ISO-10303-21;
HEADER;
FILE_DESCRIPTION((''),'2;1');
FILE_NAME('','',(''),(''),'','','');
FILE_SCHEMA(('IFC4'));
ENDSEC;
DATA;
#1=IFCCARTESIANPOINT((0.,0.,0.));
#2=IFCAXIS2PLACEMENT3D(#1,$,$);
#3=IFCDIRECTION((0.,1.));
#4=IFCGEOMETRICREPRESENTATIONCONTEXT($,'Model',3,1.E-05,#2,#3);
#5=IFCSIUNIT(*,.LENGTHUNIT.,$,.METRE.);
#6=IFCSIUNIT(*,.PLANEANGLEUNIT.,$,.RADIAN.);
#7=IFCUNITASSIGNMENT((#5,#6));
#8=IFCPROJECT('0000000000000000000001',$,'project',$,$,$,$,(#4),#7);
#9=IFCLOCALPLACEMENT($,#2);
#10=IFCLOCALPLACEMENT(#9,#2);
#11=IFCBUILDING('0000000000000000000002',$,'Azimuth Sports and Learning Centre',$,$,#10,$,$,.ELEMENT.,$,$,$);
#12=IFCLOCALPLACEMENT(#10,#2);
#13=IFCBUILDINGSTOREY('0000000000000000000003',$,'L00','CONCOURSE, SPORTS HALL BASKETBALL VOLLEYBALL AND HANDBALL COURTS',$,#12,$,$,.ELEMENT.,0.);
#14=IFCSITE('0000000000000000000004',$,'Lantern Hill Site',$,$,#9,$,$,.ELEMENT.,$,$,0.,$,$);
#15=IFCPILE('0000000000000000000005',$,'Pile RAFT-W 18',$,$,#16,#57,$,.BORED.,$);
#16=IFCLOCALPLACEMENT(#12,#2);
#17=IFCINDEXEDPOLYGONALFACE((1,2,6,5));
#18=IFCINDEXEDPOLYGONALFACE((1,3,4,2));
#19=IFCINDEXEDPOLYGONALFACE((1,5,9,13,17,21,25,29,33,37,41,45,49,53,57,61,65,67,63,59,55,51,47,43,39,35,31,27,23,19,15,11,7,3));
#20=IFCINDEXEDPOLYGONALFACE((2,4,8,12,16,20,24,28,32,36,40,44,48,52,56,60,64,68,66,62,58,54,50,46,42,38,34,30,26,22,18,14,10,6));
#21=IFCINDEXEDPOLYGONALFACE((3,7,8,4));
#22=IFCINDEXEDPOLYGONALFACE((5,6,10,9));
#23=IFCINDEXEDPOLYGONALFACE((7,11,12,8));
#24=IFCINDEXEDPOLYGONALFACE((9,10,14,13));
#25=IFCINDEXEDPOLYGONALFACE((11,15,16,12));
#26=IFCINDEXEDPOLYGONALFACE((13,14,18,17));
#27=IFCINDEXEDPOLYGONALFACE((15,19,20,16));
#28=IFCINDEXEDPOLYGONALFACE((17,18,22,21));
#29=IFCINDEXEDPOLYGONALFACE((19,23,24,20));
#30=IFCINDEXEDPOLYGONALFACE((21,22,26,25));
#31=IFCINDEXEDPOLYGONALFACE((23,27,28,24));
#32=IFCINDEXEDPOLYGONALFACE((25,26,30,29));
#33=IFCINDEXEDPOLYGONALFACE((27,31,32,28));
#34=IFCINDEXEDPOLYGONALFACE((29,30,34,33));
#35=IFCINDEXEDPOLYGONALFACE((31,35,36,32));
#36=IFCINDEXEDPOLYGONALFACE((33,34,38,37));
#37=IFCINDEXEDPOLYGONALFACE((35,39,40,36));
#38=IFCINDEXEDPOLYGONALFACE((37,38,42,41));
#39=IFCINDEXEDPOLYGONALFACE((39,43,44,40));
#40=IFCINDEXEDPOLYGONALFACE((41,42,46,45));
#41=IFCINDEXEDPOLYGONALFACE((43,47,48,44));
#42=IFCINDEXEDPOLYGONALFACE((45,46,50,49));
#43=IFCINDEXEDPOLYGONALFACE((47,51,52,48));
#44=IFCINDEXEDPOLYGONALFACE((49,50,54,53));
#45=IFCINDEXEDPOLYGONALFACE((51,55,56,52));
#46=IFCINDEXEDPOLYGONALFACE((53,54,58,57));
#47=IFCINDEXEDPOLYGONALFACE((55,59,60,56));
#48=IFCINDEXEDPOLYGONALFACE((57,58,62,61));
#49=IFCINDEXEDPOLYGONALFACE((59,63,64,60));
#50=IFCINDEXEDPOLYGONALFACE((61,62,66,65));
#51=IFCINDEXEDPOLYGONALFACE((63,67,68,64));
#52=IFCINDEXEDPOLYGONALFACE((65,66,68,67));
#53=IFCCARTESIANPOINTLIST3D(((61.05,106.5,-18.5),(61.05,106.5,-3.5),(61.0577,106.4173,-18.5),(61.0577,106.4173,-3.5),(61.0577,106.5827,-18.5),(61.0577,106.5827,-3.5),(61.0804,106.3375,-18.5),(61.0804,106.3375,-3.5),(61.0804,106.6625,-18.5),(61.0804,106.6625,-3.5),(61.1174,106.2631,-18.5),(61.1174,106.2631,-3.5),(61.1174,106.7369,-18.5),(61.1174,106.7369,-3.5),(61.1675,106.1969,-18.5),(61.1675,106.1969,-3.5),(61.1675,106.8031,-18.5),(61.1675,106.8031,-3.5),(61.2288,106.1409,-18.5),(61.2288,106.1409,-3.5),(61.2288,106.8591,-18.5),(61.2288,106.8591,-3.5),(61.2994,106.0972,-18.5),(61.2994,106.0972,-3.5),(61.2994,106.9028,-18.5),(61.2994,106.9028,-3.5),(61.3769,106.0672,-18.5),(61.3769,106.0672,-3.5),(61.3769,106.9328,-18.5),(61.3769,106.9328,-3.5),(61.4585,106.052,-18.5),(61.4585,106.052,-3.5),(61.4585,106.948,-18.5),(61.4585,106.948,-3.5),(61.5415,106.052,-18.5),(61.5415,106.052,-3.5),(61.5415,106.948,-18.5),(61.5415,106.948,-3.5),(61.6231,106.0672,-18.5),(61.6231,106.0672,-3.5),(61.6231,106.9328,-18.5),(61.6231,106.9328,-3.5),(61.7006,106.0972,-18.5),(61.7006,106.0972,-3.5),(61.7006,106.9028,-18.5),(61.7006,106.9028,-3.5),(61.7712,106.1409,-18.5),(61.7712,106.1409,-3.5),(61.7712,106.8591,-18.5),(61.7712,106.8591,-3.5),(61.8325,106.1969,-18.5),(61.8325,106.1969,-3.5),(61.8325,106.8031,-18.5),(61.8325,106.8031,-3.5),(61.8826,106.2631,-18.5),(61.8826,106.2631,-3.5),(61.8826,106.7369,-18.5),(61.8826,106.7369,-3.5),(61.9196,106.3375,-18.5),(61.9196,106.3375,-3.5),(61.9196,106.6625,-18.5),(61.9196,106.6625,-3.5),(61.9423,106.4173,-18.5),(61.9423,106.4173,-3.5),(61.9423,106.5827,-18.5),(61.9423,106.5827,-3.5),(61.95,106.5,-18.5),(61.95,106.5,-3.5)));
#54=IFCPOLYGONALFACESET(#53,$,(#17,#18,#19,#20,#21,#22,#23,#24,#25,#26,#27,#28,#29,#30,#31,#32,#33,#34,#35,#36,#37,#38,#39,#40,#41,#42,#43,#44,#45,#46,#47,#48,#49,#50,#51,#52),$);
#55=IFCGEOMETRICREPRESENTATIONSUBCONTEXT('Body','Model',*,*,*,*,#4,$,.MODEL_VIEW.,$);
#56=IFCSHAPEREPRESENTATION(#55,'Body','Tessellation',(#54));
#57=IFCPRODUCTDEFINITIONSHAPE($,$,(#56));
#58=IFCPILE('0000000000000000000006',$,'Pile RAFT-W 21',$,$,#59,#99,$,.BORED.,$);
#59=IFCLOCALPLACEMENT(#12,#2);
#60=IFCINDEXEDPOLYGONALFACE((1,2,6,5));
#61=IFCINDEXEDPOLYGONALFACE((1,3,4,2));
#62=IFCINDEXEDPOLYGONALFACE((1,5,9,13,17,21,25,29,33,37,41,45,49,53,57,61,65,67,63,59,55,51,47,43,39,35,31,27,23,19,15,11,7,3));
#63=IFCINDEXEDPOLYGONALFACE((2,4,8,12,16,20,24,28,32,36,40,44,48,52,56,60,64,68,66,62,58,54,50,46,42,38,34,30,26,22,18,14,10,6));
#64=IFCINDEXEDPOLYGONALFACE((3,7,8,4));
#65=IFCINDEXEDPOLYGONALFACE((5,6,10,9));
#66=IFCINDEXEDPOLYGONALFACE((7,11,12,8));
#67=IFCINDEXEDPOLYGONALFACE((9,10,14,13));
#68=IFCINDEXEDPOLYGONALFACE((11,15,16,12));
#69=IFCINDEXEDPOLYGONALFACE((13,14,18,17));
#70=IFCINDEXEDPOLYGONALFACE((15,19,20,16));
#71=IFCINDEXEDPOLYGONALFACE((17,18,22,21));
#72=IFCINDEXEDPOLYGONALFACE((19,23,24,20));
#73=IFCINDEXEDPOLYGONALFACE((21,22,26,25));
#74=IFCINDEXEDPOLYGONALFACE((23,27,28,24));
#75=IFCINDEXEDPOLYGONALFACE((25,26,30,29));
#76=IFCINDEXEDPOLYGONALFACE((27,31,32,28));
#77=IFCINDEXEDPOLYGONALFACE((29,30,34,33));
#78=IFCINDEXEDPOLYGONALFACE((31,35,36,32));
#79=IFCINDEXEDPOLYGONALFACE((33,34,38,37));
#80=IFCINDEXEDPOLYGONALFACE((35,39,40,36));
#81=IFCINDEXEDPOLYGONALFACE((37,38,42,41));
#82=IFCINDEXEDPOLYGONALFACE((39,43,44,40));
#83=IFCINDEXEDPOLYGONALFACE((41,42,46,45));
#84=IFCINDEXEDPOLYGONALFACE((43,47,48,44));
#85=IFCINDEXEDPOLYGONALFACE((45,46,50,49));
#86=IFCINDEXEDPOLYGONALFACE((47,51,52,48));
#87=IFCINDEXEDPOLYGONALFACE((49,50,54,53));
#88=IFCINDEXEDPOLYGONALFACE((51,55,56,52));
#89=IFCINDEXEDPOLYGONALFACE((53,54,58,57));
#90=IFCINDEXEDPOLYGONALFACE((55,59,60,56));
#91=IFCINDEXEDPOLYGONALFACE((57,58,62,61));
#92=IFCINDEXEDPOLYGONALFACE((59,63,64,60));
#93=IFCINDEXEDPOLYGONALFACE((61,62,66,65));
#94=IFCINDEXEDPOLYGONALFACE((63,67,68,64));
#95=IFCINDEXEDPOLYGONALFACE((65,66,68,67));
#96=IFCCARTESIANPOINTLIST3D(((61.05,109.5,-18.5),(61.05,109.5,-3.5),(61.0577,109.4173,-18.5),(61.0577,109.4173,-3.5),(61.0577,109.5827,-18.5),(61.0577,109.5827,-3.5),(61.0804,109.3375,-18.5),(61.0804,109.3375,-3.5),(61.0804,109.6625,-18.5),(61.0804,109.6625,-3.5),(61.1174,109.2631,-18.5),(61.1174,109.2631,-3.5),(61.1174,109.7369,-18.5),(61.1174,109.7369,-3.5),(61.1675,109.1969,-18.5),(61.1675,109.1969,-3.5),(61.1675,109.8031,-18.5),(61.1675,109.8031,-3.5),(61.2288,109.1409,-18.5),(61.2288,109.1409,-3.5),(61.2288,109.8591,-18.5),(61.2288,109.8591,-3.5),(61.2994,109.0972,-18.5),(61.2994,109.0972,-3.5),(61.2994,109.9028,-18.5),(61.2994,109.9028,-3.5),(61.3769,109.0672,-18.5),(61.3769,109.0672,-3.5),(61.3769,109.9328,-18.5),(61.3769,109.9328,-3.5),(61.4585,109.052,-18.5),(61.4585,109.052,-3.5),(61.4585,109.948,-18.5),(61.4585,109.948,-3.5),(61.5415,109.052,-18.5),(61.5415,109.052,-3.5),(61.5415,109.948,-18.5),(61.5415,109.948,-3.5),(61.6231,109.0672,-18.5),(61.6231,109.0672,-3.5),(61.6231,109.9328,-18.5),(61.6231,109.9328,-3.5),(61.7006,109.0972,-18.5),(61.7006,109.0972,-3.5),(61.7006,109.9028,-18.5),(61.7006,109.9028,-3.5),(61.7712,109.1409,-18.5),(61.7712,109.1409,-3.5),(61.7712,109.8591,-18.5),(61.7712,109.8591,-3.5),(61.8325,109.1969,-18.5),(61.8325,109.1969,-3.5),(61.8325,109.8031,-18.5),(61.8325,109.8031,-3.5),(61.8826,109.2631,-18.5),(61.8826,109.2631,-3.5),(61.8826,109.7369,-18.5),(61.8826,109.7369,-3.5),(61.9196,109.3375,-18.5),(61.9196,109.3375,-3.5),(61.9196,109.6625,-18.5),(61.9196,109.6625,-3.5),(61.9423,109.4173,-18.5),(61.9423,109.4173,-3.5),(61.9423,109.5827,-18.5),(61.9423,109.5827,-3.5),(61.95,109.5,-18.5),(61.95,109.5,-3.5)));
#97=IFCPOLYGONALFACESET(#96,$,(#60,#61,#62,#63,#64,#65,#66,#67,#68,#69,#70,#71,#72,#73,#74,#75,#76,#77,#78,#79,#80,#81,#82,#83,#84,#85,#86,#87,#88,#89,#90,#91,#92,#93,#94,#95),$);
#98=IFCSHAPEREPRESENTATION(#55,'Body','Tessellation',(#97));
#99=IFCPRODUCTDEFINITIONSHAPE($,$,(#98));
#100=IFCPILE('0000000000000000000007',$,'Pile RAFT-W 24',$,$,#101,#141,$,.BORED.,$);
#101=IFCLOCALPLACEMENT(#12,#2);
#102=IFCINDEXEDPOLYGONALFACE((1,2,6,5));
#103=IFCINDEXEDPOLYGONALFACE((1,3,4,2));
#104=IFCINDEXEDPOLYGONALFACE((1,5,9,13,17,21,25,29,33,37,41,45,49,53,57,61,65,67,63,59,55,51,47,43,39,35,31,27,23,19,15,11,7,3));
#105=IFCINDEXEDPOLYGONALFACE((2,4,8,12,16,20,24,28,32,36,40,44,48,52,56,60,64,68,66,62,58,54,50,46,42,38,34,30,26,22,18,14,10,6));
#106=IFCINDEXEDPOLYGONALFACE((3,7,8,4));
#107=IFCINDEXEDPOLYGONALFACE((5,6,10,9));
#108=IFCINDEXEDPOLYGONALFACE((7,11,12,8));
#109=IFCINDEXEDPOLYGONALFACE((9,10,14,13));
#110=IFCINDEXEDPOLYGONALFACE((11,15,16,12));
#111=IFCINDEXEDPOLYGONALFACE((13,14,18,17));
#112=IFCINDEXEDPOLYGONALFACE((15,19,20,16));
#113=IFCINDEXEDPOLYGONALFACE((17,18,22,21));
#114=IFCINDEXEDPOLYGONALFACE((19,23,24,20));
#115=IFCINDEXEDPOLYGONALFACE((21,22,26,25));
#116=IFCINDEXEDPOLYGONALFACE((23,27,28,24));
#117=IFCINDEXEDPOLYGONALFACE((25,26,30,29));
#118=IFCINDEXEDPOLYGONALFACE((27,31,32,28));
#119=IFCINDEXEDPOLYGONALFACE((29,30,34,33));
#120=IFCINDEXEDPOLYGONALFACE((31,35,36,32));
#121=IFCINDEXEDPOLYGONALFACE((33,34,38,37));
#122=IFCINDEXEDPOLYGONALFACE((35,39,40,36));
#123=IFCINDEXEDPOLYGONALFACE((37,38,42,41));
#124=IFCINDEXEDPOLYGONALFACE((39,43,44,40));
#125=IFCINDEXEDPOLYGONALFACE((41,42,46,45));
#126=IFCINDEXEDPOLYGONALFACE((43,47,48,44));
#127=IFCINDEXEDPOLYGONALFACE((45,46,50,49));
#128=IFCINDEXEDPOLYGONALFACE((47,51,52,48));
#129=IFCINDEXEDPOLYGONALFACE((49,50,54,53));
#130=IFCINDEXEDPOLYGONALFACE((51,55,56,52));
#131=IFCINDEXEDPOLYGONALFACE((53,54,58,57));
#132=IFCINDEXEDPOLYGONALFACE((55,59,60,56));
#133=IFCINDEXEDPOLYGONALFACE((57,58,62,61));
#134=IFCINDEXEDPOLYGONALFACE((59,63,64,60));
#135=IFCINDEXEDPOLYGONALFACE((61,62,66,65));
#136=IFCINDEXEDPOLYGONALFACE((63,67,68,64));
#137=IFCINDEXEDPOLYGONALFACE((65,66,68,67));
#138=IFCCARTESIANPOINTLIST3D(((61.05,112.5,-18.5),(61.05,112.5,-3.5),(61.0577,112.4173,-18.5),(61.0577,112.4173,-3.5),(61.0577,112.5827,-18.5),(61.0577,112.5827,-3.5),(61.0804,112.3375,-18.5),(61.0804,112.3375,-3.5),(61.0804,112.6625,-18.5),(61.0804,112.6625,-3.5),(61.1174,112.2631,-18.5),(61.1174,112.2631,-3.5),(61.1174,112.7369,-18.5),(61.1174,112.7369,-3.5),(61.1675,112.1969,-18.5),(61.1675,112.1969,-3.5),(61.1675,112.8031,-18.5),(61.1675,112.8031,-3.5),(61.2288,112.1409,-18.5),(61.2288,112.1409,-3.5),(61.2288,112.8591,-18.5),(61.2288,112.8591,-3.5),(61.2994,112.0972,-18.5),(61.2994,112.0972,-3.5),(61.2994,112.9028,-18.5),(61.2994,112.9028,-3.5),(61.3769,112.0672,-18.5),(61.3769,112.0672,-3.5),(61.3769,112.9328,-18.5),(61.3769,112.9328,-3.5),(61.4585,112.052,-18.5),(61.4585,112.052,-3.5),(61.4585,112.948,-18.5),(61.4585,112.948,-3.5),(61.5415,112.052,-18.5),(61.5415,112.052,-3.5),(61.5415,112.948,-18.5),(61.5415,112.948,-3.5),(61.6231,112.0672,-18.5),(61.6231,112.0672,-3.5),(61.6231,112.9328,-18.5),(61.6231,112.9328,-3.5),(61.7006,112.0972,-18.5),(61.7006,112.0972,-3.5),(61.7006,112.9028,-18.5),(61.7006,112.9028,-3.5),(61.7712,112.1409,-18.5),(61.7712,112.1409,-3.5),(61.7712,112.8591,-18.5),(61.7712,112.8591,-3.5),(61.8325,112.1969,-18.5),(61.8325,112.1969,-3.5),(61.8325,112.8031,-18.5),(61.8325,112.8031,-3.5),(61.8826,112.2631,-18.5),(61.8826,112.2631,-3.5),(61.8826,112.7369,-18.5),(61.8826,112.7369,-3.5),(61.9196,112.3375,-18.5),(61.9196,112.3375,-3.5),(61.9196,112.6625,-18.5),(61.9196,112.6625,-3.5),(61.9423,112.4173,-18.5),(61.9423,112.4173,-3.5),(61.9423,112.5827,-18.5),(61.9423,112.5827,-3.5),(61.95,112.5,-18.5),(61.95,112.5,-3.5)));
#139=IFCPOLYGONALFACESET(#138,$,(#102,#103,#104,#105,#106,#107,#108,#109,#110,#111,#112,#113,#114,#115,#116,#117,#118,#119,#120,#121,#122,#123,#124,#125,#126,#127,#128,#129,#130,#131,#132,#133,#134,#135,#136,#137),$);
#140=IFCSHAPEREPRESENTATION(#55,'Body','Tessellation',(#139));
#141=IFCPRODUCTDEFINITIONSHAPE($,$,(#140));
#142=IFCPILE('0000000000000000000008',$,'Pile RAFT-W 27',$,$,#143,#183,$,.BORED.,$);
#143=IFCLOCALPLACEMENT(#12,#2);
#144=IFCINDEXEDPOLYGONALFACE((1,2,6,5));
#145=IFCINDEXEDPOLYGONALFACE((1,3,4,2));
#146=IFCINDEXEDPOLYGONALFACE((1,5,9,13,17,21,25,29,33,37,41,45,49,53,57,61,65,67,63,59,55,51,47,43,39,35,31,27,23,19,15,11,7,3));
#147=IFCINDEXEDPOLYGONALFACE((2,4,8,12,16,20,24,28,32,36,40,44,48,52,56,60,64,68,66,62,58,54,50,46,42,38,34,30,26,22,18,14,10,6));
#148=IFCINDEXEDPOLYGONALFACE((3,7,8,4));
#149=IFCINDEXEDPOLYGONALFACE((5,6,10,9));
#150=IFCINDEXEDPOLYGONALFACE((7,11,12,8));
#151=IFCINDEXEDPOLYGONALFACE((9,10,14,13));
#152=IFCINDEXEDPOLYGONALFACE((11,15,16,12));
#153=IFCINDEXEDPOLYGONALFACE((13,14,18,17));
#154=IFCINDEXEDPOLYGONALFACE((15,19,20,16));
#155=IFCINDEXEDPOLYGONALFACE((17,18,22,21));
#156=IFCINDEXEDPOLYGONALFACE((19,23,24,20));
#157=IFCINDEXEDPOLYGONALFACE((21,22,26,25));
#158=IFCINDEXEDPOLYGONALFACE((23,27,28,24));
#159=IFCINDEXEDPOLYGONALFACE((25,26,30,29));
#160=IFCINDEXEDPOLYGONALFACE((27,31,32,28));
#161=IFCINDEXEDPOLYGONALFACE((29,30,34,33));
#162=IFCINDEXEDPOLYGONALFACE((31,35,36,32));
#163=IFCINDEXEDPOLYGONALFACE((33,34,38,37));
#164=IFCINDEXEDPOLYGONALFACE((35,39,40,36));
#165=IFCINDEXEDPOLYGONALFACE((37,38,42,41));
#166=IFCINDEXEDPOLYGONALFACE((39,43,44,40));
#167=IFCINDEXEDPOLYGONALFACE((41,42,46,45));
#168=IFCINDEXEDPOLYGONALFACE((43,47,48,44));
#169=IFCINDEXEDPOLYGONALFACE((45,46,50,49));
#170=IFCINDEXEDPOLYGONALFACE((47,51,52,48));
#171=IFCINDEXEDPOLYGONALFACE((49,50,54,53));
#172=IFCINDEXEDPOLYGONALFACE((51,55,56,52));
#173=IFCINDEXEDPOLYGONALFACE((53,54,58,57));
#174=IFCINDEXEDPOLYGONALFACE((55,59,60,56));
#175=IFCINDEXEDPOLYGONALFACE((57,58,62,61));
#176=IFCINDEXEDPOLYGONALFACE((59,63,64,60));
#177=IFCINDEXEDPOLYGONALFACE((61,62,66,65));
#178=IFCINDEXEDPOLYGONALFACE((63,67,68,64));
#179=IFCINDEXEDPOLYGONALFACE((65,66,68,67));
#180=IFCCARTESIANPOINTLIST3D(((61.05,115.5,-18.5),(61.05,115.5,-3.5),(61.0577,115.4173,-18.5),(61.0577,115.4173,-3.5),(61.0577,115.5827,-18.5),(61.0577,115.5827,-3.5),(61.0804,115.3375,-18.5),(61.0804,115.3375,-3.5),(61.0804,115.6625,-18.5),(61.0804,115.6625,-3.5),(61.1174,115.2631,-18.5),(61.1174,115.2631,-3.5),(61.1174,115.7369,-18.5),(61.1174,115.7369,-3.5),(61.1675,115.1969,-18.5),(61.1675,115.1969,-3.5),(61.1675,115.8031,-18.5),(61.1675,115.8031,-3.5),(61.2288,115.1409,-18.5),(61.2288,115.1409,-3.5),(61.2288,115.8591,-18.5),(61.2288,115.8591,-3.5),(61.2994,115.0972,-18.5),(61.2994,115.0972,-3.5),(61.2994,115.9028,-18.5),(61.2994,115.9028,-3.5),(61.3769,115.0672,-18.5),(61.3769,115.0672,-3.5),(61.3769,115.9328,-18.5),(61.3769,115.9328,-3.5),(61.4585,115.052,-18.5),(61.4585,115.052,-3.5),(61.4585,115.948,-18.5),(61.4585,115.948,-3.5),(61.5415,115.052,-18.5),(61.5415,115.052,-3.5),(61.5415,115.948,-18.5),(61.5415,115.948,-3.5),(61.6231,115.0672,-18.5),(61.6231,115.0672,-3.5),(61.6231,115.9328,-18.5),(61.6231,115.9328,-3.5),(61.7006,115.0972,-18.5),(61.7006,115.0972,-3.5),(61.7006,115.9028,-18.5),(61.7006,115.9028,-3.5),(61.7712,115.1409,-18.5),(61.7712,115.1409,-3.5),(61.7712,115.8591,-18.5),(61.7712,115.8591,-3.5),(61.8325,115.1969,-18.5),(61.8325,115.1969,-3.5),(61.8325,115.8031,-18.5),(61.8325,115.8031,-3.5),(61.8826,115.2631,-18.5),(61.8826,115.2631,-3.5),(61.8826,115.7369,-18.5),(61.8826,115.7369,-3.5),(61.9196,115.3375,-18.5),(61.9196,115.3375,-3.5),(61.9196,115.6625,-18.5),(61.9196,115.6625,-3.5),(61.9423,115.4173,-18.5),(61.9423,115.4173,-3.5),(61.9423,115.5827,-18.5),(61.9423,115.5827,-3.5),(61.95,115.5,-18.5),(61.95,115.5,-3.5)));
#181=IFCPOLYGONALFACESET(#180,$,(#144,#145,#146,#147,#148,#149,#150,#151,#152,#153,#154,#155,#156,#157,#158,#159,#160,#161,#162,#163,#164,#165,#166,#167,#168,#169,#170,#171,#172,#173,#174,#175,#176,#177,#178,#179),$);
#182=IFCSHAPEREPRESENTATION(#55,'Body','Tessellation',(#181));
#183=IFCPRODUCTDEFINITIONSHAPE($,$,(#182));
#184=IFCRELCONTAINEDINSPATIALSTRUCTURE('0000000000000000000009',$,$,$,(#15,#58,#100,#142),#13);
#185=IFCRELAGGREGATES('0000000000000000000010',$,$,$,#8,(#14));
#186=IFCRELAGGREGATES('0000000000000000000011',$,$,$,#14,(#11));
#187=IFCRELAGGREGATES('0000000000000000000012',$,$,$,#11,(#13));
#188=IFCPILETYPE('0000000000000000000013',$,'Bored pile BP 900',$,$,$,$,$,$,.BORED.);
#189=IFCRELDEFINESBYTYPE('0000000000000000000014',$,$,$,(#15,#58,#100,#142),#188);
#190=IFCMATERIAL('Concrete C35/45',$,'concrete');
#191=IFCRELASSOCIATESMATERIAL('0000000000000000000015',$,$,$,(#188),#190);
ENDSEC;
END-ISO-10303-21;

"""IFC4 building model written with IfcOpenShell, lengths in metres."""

from ifc_helpers import new_model, si_unit, direction, frame, origin, origin_2d, place, context, subcontext, project, spatial, circle, extrude, material, material_profile, profile_set, type_object, element, save


model = new_model("IFC4")

# Units and contexts
model_context = context("Model", 3, precision=1e-05, world=origin(), true_north=direction((0.0, 1.0)))
body_context = subcontext(model_context, "Body", "Model", "MODEL_VIEW")
ifc_project = project(units=[si_unit("LENGTHUNIT", "METRE"), si_unit("PLANEANGLEUNIT", "RADIAN")], contexts=[model_context])

# Site, building, storey
site_placement = place(None, origin())
site = spatial("IfcSite", under=ifc_project, at=site_placement, Name="Lantern Hill Site", CompositionType="ELEMENT", RefElevation=0.0)
building_placement = place(site_placement, origin())
building = spatial("IfcBuilding", under=site, at=building_placement, Name="Azimuth Sports and Learning Centre", CompositionType="ELEMENT")
storey_placement = place(building_placement, origin())
storey = spatial("IfcBuildingStorey", under=building, at=storey_placement, Name="L00", Description="CONCOURSE, SPORTS HALL BASKETBALL VOLLEYBALL AND HANDBALL COURTS", CompositionType="ELEMENT", Elevation=0.0)

# Piles
ifc_material_1 = material(Name="Concrete C35/45", Category="concrete")
ifc_material_profile_1 = material_profile(ifc_material_1, circle(Radius=0.45, at=origin_2d()), Name="BP 900")
ifc_profile_set_1 = profile_set([ifc_material_profile_1], Name="Concrete C35/45")
pile_type = type_object("IfcPileType", Name="Bored pile BP 900", PredefinedType="BORED", material=ifc_profile_set_1)
for number, where, z_axis, x_axis, name in (
    (1, (61.5, 106.5, -3.5), (0.0, 0.0, -1.0), (1.0, 0.0, 0.0), "Pile RAFT-W 18"),
    (2, (61.5, 109.5, -3.5), (0.0, 0.0, -1.0), (1.0, 0.0, 0.0), "Pile RAFT-W 21"),
    (3, (61.5, 112.5, -3.5), (0.0, 0.0, -1.0), (1.0, 0.0, 0.0), "Pile RAFT-W 24"),
    (4, (61.5, 115.5, -3.5), (0.0, 0.0, -1.0), (1.0, 0.0, 0.0), "Pile RAFT-W 27"),
):
    element("IfcPile", number, at=place(storey_placement, frame(where, z_axis=z_axis, x_axis=x_axis)), inside=storey, type_object=pile_type, Name=name, PredefinedType="BORED", context=body_context, shape_type="SweptSolid", body=[
        extrude(circle(Radius=0.45, at=origin_2d()), origin(), (0.0, 0.0, 1.0), 15.0),
    ])

save(model, "model.ifc")
